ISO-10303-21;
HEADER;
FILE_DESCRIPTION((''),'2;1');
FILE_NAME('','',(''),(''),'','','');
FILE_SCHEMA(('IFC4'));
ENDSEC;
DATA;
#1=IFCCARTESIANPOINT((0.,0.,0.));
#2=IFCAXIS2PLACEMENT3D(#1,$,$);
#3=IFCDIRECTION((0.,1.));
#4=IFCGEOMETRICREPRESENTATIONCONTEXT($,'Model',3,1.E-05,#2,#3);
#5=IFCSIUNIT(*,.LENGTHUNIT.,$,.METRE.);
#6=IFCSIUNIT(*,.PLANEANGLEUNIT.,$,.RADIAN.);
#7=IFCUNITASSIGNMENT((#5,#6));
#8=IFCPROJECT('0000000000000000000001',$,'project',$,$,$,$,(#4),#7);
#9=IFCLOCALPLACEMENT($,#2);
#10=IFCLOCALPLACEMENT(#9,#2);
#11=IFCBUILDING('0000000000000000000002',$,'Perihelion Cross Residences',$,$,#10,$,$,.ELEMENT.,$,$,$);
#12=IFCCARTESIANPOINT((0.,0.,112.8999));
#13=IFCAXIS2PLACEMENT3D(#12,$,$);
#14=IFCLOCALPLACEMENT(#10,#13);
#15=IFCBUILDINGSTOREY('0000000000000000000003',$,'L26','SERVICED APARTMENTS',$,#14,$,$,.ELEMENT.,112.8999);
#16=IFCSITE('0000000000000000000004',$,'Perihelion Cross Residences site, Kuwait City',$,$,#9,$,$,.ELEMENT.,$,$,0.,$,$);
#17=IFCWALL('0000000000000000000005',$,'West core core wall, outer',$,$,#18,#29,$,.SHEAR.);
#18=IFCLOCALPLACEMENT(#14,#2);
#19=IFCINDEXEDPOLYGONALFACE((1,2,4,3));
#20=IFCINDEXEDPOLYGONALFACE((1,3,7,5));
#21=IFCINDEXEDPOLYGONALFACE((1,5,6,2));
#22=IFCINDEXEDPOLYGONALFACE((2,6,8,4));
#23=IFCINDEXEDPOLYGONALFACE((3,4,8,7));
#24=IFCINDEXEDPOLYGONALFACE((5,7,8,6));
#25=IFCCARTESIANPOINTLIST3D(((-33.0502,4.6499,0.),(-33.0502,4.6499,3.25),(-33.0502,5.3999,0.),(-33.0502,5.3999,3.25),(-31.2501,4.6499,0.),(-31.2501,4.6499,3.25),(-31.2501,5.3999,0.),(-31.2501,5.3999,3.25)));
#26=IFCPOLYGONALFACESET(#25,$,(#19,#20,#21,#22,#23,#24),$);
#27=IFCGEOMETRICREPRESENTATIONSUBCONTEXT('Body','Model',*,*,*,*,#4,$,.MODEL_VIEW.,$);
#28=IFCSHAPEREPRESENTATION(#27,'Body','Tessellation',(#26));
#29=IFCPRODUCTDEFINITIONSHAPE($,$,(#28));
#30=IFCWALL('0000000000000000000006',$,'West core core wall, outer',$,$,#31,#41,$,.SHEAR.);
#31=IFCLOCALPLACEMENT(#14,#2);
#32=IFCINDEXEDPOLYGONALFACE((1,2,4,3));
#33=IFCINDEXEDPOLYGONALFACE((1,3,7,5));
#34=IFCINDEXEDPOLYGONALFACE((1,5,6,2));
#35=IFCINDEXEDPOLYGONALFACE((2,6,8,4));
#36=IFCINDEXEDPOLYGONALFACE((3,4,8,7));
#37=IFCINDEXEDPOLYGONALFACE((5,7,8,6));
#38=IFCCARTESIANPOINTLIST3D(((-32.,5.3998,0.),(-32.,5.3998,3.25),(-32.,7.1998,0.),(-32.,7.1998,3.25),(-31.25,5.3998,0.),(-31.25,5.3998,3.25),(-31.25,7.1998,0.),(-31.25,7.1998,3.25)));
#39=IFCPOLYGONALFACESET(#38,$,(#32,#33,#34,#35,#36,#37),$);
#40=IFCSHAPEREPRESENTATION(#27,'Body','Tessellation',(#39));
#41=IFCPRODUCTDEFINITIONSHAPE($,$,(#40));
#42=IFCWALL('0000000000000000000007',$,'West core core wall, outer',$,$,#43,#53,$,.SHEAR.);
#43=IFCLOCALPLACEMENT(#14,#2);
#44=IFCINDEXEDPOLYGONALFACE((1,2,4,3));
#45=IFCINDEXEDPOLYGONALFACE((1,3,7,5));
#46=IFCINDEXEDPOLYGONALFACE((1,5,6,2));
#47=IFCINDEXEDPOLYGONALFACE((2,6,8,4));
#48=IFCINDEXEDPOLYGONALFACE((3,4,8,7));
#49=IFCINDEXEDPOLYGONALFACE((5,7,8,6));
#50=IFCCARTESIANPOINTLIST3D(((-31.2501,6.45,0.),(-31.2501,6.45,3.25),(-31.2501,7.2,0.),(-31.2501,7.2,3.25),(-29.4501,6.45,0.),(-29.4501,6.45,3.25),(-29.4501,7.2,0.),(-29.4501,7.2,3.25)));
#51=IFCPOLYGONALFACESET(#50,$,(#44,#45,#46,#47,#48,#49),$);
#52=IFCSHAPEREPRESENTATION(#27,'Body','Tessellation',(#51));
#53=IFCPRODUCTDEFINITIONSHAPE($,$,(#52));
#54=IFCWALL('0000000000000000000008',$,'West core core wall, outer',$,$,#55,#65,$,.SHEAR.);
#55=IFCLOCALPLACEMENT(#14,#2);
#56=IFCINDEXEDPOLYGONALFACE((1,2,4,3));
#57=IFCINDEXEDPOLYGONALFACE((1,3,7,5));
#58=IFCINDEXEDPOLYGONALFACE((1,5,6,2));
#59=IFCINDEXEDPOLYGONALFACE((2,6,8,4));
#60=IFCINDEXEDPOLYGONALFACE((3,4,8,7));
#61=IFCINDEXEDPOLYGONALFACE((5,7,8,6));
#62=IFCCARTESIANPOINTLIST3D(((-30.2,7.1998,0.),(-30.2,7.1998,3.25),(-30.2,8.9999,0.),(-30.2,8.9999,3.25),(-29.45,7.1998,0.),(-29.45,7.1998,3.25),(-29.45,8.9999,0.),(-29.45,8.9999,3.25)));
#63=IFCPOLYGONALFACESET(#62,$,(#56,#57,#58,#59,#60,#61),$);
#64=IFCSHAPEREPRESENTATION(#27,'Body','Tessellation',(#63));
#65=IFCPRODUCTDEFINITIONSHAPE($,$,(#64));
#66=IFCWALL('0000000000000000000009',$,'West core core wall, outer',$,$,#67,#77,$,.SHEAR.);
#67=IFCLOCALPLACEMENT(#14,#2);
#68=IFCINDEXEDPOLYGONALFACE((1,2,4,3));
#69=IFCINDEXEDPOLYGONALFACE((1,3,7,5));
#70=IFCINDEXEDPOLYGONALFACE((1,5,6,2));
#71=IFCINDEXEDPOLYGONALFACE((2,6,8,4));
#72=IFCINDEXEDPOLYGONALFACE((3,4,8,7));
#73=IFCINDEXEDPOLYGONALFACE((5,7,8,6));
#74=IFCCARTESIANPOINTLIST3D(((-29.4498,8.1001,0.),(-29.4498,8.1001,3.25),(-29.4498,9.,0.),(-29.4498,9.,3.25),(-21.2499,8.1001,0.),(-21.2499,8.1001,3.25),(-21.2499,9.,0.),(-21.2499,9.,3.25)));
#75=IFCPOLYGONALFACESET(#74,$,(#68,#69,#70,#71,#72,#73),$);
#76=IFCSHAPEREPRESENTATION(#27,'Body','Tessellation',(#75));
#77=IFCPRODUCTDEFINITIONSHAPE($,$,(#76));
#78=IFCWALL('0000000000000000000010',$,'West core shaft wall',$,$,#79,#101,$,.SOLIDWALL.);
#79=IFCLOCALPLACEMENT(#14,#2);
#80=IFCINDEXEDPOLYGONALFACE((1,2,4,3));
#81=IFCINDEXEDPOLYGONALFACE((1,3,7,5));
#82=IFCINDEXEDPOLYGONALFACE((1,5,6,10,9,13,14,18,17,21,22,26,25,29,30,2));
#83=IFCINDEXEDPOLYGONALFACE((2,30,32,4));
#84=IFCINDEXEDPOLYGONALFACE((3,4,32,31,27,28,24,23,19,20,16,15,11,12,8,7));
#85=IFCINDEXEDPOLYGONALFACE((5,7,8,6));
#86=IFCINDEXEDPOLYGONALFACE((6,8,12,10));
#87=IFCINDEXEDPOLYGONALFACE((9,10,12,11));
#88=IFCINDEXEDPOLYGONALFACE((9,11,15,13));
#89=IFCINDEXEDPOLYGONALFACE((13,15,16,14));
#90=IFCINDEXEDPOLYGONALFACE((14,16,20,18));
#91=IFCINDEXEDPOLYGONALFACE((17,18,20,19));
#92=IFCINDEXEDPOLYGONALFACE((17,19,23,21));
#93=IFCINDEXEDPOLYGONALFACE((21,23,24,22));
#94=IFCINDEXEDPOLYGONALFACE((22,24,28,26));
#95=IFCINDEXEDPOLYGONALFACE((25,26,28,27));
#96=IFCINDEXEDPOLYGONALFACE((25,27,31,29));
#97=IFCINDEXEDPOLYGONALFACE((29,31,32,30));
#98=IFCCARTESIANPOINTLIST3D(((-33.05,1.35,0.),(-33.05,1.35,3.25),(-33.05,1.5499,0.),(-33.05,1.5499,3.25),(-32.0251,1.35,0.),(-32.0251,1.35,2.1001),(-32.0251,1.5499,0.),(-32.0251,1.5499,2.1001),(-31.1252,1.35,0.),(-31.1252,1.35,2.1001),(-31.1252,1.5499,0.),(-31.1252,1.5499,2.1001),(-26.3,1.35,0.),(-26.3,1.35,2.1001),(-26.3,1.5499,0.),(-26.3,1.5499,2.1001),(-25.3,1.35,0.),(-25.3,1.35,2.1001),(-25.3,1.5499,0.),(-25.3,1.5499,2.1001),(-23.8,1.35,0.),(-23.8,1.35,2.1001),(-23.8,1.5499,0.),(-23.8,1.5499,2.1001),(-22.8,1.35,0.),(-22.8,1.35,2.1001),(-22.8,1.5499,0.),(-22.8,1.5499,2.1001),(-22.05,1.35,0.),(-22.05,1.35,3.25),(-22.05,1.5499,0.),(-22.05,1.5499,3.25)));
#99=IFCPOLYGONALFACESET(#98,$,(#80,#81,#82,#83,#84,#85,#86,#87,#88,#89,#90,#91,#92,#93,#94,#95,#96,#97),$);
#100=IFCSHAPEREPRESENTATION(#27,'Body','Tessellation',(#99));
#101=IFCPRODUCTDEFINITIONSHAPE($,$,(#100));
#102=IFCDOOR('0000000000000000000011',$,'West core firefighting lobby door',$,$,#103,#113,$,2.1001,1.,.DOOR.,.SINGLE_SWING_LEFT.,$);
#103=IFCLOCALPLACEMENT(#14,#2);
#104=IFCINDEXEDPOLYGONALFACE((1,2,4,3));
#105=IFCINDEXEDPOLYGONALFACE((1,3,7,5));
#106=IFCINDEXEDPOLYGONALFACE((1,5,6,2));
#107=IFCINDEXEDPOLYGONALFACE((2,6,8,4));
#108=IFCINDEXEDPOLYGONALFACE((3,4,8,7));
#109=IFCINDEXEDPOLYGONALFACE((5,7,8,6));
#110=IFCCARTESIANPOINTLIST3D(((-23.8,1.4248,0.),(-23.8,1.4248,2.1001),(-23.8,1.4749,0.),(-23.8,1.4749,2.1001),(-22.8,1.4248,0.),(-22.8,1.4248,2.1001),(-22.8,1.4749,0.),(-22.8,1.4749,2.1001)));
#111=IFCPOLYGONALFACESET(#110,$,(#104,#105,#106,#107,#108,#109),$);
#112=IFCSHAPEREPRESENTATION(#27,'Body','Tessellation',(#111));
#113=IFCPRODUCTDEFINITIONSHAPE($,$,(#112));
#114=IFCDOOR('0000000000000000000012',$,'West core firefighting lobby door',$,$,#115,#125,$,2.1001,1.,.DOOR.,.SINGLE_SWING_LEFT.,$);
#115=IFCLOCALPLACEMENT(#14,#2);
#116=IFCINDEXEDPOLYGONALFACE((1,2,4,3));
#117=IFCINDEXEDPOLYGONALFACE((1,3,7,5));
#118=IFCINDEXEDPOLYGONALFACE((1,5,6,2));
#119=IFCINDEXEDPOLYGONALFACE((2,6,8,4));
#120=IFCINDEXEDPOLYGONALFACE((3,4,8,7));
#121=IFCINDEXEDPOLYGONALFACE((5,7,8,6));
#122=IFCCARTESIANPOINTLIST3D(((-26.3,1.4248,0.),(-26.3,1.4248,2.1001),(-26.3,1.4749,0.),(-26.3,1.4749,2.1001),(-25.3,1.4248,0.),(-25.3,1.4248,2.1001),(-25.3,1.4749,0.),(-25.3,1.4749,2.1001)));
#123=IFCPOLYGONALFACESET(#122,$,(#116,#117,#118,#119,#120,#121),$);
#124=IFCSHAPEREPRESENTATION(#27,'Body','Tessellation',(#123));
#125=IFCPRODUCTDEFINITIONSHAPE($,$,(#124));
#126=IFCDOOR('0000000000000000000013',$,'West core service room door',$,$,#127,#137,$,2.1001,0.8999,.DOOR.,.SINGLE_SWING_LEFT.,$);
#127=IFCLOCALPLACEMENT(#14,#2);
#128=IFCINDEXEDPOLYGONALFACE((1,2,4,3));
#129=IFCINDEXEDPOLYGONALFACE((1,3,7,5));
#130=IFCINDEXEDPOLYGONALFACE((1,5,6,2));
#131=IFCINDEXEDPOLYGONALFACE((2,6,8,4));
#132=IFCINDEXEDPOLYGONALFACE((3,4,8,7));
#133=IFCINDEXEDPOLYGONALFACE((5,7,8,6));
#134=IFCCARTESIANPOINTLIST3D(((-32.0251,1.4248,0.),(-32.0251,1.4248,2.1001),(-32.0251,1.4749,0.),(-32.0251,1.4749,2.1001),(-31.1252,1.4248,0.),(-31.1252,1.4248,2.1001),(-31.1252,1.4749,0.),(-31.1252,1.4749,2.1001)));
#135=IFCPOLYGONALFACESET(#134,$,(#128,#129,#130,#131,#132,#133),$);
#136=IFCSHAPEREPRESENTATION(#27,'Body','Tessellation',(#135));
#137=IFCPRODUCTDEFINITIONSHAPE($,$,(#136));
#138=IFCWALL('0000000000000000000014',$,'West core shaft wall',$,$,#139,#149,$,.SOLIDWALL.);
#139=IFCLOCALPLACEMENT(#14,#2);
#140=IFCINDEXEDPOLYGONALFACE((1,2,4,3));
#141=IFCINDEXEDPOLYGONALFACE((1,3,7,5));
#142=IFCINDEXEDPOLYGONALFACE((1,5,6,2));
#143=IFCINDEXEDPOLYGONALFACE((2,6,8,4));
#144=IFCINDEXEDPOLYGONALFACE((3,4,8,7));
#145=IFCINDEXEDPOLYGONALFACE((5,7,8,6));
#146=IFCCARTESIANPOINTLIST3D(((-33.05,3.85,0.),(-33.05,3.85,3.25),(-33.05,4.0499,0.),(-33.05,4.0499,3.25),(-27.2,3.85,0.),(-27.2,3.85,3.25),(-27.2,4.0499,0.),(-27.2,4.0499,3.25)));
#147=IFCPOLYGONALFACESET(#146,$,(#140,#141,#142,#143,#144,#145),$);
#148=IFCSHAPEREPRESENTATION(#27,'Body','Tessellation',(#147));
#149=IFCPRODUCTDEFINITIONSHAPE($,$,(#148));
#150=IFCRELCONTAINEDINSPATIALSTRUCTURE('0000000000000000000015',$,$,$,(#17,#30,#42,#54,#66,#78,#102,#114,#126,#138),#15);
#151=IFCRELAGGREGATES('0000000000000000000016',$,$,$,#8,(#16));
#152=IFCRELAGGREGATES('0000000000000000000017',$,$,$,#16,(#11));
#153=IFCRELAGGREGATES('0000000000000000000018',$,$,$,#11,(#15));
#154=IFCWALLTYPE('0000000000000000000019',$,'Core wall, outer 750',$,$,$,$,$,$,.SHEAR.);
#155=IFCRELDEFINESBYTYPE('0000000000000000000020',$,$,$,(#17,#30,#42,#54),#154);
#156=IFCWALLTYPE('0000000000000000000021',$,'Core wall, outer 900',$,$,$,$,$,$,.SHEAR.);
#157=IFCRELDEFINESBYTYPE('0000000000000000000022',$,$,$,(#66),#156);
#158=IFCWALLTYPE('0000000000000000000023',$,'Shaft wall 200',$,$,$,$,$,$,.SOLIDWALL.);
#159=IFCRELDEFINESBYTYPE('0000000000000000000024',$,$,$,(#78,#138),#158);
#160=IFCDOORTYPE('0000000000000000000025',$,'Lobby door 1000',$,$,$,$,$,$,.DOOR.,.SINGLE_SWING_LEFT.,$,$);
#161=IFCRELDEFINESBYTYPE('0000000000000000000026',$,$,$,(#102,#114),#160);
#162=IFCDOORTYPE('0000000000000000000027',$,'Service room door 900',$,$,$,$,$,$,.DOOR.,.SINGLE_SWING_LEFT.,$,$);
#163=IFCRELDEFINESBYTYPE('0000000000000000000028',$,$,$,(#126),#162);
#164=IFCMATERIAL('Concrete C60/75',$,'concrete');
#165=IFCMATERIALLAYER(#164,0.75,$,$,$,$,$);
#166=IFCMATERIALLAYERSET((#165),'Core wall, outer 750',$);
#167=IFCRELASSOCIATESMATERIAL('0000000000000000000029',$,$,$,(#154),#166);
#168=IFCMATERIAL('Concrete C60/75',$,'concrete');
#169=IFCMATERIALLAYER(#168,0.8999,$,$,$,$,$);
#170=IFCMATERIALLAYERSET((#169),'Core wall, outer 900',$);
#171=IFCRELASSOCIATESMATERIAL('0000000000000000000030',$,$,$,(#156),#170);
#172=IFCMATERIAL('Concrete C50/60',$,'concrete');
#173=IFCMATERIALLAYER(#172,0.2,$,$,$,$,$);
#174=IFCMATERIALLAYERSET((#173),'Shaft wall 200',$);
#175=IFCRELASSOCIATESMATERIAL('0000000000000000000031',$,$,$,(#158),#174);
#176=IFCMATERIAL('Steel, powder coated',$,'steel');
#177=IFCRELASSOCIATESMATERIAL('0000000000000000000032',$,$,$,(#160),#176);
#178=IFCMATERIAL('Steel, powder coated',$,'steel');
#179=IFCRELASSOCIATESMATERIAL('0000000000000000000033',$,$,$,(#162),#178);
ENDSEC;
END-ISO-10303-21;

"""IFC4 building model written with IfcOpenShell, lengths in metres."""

from ifc_helpers import new_model, si_unit, direction, frame, frame_2d, origin, place, context, subcontext, project, spatial, rectangle, extrude, material, layer, layer_set, type_object, element, fill, save


model = new_model("IFC4")

# Units and contexts
model_context = context("Model", 3, precision=1e-05, world=origin(), true_north=direction((0.0, 1.0)))
body_context = subcontext(model_context, "Body", "Model", "MODEL_VIEW")
ifc_project = project(units=[si_unit("LENGTHUNIT", "METRE"), si_unit("PLANEANGLEUNIT", "RADIAN")], contexts=[model_context])

# Site, building, storey
site_placement = place(None, origin())
site = spatial("IfcSite", under=ifc_project, at=site_placement, Name="Perihelion Cross Residences site, Kuwait City", CompositionType="ELEMENT", RefElevation=0.0)
building_placement = place(site_placement, origin())
building = spatial("IfcBuilding", under=site, at=building_placement, Name="Perihelion Cross Residences", CompositionType="ELEMENT")
storey_placement = place(building_placement, frame((0.0, 0.0, 112.8999)))
storey = spatial("IfcBuildingStorey", under=building, at=storey_placement, Name="L26", Description="SERVICED APARTMENTS", CompositionType="ELEMENT", Elevation=112.8999)

# Walls
ifc_material_1 = material(Name="Concrete C60/75", Category="concrete")
ifc_layer_1 = layer(ifc_material_1, 0.75)
ifc_layer_set_1 = layer_set([ifc_layer_1], Name="Core wall, outer 750")
wall_type_1 = type_object("IfcWallType", Name="Core wall, outer 750", PredefinedType="SHEAR", material=ifc_layer_set_1)
for number, where, z_axis, x_axis, name in (
    (1, (-33.05, 5.0249, 0.0), (0.0, 0.0, 1.0), (1.0, 0.0, 0.0), "West core core wall, outer"),
    (2, (-31.625, 5.3999, 0.0), (0.0, 0.0, 1.0), (0.0, 1.0, 0.0), "West core core wall, outer"),
    (3, (-31.25, 6.825, 0.0), (0.0, 0.0, 1.0), (1.0, 0.0, 0.0), "West core core wall, outer"),
    (4, (-29.825, 7.2, 0.0), (0.0, 0.0, 1.0), (0.0, 1.0, 0.0), "West core core wall, outer"),
):
    element("IfcWall", number, at=place(storey_placement, frame(where, z_axis=z_axis, x_axis=x_axis)), inside=storey, type_object=wall_type_1, Name=name, PredefinedType="SHEAR", context=body_context, shape_type="SweptSolid", body=[
        extrude(rectangle(XDim=1.8, YDim=0.75, at=frame_2d((0.8999, 0.0))), origin(), (0.0, 0.0, 1.0), 3.25),
    ])
ifc_material_2 = material(Name="Concrete C60/75", Category="concrete")
ifc_layer_2 = layer(ifc_material_2, 0.8999)
ifc_layer_set_2 = layer_set([ifc_layer_2], Name="Core wall, outer 900")
wall_type_2 = type_object("IfcWallType", Name="Core wall, outer 900", PredefinedType="SHEAR", material=ifc_layer_set_2)
wall_1_placement = place(storey_placement, frame((-29.45, 8.55, 0.0), z_axis=(0.0, 0.0, 1.0), x_axis=(1.0, 0.0, 0.0)))
element("IfcWall", 5, at=wall_1_placement, inside=storey, type_object=wall_type_2, Name="West core core wall, outer", PredefinedType="SHEAR", context=body_context, shape_type="SweptSolid", body=[
    extrude(rectangle(XDim=8.2, YDim=0.8999, at=frame_2d((4.1001, 0.0))), origin(), (0.0, 0.0, 1.0), 3.25),
])

# Wall, openings, doors
ifc_material_3 = material(Name="Concrete C50/60", Category="concrete")
ifc_layer_3 = layer(ifc_material_3, 0.2)
ifc_layer_set_3 = layer_set([ifc_layer_3], Name="Shaft wall 200")
wall_type_3 = type_object("IfcWallType", Name="Shaft wall 200", PredefinedType="SOLIDWALL", material=ifc_layer_set_3)
wall_2_placement = place(storey_placement, frame((-33.05, 1.45, 0.0), z_axis=(0.0, 0.0, 1.0), x_axis=(1.0, 0.0, 0.0)))
wall_2 = element("IfcWall", 6, at=wall_2_placement, inside=storey, type_object=wall_type_3, Name="West core shaft wall", PredefinedType="SOLIDWALL", context=body_context, shape_type="SweptSolid", body=[
    extrude(rectangle(XDim=11.0, YDim=0.2, at=frame_2d((5.5, 0.0))), origin(), (0.0, 0.0, 1.0), 3.25),
])
opening_1_placement = place(wall_2_placement, frame((9.25, 0.0, 0.0)))
opening_1 = element("IfcOpeningElement", 7, at=opening_1_placement, cuts=wall_2, PredefinedType="OPENING", context=body_context, shape_type="SweptSolid", body=[
    extrude(rectangle(XDim=1.0, YDim=2.1001, at=frame_2d((0.5, 1.05))), frame((0.0, 0.1099, 0.0), z_axis=(0.0, -1.0, 0.0), x_axis=(1.0, 0.0, 0.0)), (0.0, 0.0, 1.0), 0.22),
])
opening_2_placement = place(wall_2_placement, frame((6.75, 0.0, 0.0)))
opening_2 = element("IfcOpeningElement", 8, at=opening_2_placement, cuts=wall_2, PredefinedType="OPENING", context=body_context, shape_type="SweptSolid", body=[
    extrude(rectangle(XDim=1.0, YDim=2.1001, at=frame_2d((0.5, 1.05))), frame((0.0, 0.1099, 0.0), z_axis=(0.0, -1.0, 0.0), x_axis=(1.0, 0.0, 0.0)), (0.0, 0.0, 1.0), 0.22),
])
opening_3_placement = place(wall_2_placement, frame((1.0249, 0.0, 0.0)))
opening_3 = element("IfcOpeningElement", 9, at=opening_3_placement, cuts=wall_2, PredefinedType="OPENING", context=body_context, shape_type="SweptSolid", body=[
    extrude(rectangle(XDim=0.8999, YDim=2.1001, at=frame_2d((0.45, 1.05))), frame((0.0, 0.1099, 0.0), z_axis=(0.0, -1.0, 0.0), x_axis=(1.0, 0.0, 0.0)), (0.0, 0.0, 1.0), 0.22),
])
ifc_material_4 = material(Name="Steel, powder coated", Category="steel")
door_type_1 = type_object("IfcDoorType", Name="Lobby door 1000", OperationType="SINGLE_SWING_LEFT", PredefinedType="DOOR", material=ifc_material_4)
door_1_placement = place(opening_1_placement, origin())
door_1 = element("IfcDoor", 10, at=door_1_placement, inside=storey, type_object=door_type_1, Name="West core firefighting lobby door", OperationType="SINGLE_SWING_LEFT", OverallHeight=2.1001, OverallWidth=1.0, PredefinedType="DOOR", context=body_context, shape_type="SweptSolid", body=[
    extrude(rectangle(XDim=1.0, YDim=2.1001, at=frame_2d((0.5, 1.05))), frame((0.0, 0.0249, 0.0), z_axis=(0.0, -1.0, 0.0), x_axis=(1.0, 0.0, 0.0)), (0.0, 0.0, 1.0), 0.05),
])
fill(opening_1, door_1)
door_2_placement = place(opening_2_placement, origin())
door_2 = element("IfcDoor", 11, at=door_2_placement, inside=storey, type_object=door_type_1, Name="West core firefighting lobby door", OperationType="SINGLE_SWING_LEFT", OverallHeight=2.1001, OverallWidth=1.0, PredefinedType="DOOR", context=body_context, shape_type="SweptSolid", body=[
    extrude(rectangle(XDim=1.0, YDim=2.1001, at=frame_2d((0.5, 1.05))), frame((0.0, 0.0249, 0.0), z_axis=(0.0, -1.0, 0.0), x_axis=(1.0, 0.0, 0.0)), (0.0, 0.0, 1.0), 0.05),
])
fill(opening_2, door_2)
ifc_material_5 = material(Name="Steel, powder coated", Category="steel")
door_type_2 = type_object("IfcDoorType", Name="Service room door 900", OperationType="SINGLE_SWING_LEFT", PredefinedType="DOOR", material=ifc_material_5)
door_3_placement = place(opening_3_placement, origin())
door_3 = element("IfcDoor", 12, at=door_3_placement, inside=storey, type_object=door_type_2, Name="West core service room door", OperationType="SINGLE_SWING_LEFT", OverallHeight=2.1001, OverallWidth=0.8999, PredefinedType="DOOR", context=body_context, shape_type="SweptSolid", body=[
    extrude(rectangle(XDim=0.8999, YDim=2.1001, at=frame_2d((0.45, 1.05))), frame((0.0, 0.0249, 0.0), z_axis=(0.0, -1.0, 0.0), x_axis=(1.0, 0.0, 0.0)), (0.0, 0.0, 1.0), 0.05),
])
fill(opening_3, door_3)

# Wall
wall_3_placement = place(storey_placement, frame((-33.05, 3.95, 0.0), z_axis=(0.0, 0.0, 1.0), x_axis=(1.0, 0.0, 0.0)))
element("IfcWall", 13, at=wall_3_placement, inside=storey, type_object=wall_type_3, Name="West core shaft wall", PredefinedType="SOLIDWALL", context=body_context, shape_type="SweptSolid", body=[
    extrude(rectangle(XDim=5.8501, YDim=0.2, at=frame_2d((2.925, 0.0))), origin(), (0.0, 0.0, 1.0), 3.25),
])

save(model, "model.ifc")
